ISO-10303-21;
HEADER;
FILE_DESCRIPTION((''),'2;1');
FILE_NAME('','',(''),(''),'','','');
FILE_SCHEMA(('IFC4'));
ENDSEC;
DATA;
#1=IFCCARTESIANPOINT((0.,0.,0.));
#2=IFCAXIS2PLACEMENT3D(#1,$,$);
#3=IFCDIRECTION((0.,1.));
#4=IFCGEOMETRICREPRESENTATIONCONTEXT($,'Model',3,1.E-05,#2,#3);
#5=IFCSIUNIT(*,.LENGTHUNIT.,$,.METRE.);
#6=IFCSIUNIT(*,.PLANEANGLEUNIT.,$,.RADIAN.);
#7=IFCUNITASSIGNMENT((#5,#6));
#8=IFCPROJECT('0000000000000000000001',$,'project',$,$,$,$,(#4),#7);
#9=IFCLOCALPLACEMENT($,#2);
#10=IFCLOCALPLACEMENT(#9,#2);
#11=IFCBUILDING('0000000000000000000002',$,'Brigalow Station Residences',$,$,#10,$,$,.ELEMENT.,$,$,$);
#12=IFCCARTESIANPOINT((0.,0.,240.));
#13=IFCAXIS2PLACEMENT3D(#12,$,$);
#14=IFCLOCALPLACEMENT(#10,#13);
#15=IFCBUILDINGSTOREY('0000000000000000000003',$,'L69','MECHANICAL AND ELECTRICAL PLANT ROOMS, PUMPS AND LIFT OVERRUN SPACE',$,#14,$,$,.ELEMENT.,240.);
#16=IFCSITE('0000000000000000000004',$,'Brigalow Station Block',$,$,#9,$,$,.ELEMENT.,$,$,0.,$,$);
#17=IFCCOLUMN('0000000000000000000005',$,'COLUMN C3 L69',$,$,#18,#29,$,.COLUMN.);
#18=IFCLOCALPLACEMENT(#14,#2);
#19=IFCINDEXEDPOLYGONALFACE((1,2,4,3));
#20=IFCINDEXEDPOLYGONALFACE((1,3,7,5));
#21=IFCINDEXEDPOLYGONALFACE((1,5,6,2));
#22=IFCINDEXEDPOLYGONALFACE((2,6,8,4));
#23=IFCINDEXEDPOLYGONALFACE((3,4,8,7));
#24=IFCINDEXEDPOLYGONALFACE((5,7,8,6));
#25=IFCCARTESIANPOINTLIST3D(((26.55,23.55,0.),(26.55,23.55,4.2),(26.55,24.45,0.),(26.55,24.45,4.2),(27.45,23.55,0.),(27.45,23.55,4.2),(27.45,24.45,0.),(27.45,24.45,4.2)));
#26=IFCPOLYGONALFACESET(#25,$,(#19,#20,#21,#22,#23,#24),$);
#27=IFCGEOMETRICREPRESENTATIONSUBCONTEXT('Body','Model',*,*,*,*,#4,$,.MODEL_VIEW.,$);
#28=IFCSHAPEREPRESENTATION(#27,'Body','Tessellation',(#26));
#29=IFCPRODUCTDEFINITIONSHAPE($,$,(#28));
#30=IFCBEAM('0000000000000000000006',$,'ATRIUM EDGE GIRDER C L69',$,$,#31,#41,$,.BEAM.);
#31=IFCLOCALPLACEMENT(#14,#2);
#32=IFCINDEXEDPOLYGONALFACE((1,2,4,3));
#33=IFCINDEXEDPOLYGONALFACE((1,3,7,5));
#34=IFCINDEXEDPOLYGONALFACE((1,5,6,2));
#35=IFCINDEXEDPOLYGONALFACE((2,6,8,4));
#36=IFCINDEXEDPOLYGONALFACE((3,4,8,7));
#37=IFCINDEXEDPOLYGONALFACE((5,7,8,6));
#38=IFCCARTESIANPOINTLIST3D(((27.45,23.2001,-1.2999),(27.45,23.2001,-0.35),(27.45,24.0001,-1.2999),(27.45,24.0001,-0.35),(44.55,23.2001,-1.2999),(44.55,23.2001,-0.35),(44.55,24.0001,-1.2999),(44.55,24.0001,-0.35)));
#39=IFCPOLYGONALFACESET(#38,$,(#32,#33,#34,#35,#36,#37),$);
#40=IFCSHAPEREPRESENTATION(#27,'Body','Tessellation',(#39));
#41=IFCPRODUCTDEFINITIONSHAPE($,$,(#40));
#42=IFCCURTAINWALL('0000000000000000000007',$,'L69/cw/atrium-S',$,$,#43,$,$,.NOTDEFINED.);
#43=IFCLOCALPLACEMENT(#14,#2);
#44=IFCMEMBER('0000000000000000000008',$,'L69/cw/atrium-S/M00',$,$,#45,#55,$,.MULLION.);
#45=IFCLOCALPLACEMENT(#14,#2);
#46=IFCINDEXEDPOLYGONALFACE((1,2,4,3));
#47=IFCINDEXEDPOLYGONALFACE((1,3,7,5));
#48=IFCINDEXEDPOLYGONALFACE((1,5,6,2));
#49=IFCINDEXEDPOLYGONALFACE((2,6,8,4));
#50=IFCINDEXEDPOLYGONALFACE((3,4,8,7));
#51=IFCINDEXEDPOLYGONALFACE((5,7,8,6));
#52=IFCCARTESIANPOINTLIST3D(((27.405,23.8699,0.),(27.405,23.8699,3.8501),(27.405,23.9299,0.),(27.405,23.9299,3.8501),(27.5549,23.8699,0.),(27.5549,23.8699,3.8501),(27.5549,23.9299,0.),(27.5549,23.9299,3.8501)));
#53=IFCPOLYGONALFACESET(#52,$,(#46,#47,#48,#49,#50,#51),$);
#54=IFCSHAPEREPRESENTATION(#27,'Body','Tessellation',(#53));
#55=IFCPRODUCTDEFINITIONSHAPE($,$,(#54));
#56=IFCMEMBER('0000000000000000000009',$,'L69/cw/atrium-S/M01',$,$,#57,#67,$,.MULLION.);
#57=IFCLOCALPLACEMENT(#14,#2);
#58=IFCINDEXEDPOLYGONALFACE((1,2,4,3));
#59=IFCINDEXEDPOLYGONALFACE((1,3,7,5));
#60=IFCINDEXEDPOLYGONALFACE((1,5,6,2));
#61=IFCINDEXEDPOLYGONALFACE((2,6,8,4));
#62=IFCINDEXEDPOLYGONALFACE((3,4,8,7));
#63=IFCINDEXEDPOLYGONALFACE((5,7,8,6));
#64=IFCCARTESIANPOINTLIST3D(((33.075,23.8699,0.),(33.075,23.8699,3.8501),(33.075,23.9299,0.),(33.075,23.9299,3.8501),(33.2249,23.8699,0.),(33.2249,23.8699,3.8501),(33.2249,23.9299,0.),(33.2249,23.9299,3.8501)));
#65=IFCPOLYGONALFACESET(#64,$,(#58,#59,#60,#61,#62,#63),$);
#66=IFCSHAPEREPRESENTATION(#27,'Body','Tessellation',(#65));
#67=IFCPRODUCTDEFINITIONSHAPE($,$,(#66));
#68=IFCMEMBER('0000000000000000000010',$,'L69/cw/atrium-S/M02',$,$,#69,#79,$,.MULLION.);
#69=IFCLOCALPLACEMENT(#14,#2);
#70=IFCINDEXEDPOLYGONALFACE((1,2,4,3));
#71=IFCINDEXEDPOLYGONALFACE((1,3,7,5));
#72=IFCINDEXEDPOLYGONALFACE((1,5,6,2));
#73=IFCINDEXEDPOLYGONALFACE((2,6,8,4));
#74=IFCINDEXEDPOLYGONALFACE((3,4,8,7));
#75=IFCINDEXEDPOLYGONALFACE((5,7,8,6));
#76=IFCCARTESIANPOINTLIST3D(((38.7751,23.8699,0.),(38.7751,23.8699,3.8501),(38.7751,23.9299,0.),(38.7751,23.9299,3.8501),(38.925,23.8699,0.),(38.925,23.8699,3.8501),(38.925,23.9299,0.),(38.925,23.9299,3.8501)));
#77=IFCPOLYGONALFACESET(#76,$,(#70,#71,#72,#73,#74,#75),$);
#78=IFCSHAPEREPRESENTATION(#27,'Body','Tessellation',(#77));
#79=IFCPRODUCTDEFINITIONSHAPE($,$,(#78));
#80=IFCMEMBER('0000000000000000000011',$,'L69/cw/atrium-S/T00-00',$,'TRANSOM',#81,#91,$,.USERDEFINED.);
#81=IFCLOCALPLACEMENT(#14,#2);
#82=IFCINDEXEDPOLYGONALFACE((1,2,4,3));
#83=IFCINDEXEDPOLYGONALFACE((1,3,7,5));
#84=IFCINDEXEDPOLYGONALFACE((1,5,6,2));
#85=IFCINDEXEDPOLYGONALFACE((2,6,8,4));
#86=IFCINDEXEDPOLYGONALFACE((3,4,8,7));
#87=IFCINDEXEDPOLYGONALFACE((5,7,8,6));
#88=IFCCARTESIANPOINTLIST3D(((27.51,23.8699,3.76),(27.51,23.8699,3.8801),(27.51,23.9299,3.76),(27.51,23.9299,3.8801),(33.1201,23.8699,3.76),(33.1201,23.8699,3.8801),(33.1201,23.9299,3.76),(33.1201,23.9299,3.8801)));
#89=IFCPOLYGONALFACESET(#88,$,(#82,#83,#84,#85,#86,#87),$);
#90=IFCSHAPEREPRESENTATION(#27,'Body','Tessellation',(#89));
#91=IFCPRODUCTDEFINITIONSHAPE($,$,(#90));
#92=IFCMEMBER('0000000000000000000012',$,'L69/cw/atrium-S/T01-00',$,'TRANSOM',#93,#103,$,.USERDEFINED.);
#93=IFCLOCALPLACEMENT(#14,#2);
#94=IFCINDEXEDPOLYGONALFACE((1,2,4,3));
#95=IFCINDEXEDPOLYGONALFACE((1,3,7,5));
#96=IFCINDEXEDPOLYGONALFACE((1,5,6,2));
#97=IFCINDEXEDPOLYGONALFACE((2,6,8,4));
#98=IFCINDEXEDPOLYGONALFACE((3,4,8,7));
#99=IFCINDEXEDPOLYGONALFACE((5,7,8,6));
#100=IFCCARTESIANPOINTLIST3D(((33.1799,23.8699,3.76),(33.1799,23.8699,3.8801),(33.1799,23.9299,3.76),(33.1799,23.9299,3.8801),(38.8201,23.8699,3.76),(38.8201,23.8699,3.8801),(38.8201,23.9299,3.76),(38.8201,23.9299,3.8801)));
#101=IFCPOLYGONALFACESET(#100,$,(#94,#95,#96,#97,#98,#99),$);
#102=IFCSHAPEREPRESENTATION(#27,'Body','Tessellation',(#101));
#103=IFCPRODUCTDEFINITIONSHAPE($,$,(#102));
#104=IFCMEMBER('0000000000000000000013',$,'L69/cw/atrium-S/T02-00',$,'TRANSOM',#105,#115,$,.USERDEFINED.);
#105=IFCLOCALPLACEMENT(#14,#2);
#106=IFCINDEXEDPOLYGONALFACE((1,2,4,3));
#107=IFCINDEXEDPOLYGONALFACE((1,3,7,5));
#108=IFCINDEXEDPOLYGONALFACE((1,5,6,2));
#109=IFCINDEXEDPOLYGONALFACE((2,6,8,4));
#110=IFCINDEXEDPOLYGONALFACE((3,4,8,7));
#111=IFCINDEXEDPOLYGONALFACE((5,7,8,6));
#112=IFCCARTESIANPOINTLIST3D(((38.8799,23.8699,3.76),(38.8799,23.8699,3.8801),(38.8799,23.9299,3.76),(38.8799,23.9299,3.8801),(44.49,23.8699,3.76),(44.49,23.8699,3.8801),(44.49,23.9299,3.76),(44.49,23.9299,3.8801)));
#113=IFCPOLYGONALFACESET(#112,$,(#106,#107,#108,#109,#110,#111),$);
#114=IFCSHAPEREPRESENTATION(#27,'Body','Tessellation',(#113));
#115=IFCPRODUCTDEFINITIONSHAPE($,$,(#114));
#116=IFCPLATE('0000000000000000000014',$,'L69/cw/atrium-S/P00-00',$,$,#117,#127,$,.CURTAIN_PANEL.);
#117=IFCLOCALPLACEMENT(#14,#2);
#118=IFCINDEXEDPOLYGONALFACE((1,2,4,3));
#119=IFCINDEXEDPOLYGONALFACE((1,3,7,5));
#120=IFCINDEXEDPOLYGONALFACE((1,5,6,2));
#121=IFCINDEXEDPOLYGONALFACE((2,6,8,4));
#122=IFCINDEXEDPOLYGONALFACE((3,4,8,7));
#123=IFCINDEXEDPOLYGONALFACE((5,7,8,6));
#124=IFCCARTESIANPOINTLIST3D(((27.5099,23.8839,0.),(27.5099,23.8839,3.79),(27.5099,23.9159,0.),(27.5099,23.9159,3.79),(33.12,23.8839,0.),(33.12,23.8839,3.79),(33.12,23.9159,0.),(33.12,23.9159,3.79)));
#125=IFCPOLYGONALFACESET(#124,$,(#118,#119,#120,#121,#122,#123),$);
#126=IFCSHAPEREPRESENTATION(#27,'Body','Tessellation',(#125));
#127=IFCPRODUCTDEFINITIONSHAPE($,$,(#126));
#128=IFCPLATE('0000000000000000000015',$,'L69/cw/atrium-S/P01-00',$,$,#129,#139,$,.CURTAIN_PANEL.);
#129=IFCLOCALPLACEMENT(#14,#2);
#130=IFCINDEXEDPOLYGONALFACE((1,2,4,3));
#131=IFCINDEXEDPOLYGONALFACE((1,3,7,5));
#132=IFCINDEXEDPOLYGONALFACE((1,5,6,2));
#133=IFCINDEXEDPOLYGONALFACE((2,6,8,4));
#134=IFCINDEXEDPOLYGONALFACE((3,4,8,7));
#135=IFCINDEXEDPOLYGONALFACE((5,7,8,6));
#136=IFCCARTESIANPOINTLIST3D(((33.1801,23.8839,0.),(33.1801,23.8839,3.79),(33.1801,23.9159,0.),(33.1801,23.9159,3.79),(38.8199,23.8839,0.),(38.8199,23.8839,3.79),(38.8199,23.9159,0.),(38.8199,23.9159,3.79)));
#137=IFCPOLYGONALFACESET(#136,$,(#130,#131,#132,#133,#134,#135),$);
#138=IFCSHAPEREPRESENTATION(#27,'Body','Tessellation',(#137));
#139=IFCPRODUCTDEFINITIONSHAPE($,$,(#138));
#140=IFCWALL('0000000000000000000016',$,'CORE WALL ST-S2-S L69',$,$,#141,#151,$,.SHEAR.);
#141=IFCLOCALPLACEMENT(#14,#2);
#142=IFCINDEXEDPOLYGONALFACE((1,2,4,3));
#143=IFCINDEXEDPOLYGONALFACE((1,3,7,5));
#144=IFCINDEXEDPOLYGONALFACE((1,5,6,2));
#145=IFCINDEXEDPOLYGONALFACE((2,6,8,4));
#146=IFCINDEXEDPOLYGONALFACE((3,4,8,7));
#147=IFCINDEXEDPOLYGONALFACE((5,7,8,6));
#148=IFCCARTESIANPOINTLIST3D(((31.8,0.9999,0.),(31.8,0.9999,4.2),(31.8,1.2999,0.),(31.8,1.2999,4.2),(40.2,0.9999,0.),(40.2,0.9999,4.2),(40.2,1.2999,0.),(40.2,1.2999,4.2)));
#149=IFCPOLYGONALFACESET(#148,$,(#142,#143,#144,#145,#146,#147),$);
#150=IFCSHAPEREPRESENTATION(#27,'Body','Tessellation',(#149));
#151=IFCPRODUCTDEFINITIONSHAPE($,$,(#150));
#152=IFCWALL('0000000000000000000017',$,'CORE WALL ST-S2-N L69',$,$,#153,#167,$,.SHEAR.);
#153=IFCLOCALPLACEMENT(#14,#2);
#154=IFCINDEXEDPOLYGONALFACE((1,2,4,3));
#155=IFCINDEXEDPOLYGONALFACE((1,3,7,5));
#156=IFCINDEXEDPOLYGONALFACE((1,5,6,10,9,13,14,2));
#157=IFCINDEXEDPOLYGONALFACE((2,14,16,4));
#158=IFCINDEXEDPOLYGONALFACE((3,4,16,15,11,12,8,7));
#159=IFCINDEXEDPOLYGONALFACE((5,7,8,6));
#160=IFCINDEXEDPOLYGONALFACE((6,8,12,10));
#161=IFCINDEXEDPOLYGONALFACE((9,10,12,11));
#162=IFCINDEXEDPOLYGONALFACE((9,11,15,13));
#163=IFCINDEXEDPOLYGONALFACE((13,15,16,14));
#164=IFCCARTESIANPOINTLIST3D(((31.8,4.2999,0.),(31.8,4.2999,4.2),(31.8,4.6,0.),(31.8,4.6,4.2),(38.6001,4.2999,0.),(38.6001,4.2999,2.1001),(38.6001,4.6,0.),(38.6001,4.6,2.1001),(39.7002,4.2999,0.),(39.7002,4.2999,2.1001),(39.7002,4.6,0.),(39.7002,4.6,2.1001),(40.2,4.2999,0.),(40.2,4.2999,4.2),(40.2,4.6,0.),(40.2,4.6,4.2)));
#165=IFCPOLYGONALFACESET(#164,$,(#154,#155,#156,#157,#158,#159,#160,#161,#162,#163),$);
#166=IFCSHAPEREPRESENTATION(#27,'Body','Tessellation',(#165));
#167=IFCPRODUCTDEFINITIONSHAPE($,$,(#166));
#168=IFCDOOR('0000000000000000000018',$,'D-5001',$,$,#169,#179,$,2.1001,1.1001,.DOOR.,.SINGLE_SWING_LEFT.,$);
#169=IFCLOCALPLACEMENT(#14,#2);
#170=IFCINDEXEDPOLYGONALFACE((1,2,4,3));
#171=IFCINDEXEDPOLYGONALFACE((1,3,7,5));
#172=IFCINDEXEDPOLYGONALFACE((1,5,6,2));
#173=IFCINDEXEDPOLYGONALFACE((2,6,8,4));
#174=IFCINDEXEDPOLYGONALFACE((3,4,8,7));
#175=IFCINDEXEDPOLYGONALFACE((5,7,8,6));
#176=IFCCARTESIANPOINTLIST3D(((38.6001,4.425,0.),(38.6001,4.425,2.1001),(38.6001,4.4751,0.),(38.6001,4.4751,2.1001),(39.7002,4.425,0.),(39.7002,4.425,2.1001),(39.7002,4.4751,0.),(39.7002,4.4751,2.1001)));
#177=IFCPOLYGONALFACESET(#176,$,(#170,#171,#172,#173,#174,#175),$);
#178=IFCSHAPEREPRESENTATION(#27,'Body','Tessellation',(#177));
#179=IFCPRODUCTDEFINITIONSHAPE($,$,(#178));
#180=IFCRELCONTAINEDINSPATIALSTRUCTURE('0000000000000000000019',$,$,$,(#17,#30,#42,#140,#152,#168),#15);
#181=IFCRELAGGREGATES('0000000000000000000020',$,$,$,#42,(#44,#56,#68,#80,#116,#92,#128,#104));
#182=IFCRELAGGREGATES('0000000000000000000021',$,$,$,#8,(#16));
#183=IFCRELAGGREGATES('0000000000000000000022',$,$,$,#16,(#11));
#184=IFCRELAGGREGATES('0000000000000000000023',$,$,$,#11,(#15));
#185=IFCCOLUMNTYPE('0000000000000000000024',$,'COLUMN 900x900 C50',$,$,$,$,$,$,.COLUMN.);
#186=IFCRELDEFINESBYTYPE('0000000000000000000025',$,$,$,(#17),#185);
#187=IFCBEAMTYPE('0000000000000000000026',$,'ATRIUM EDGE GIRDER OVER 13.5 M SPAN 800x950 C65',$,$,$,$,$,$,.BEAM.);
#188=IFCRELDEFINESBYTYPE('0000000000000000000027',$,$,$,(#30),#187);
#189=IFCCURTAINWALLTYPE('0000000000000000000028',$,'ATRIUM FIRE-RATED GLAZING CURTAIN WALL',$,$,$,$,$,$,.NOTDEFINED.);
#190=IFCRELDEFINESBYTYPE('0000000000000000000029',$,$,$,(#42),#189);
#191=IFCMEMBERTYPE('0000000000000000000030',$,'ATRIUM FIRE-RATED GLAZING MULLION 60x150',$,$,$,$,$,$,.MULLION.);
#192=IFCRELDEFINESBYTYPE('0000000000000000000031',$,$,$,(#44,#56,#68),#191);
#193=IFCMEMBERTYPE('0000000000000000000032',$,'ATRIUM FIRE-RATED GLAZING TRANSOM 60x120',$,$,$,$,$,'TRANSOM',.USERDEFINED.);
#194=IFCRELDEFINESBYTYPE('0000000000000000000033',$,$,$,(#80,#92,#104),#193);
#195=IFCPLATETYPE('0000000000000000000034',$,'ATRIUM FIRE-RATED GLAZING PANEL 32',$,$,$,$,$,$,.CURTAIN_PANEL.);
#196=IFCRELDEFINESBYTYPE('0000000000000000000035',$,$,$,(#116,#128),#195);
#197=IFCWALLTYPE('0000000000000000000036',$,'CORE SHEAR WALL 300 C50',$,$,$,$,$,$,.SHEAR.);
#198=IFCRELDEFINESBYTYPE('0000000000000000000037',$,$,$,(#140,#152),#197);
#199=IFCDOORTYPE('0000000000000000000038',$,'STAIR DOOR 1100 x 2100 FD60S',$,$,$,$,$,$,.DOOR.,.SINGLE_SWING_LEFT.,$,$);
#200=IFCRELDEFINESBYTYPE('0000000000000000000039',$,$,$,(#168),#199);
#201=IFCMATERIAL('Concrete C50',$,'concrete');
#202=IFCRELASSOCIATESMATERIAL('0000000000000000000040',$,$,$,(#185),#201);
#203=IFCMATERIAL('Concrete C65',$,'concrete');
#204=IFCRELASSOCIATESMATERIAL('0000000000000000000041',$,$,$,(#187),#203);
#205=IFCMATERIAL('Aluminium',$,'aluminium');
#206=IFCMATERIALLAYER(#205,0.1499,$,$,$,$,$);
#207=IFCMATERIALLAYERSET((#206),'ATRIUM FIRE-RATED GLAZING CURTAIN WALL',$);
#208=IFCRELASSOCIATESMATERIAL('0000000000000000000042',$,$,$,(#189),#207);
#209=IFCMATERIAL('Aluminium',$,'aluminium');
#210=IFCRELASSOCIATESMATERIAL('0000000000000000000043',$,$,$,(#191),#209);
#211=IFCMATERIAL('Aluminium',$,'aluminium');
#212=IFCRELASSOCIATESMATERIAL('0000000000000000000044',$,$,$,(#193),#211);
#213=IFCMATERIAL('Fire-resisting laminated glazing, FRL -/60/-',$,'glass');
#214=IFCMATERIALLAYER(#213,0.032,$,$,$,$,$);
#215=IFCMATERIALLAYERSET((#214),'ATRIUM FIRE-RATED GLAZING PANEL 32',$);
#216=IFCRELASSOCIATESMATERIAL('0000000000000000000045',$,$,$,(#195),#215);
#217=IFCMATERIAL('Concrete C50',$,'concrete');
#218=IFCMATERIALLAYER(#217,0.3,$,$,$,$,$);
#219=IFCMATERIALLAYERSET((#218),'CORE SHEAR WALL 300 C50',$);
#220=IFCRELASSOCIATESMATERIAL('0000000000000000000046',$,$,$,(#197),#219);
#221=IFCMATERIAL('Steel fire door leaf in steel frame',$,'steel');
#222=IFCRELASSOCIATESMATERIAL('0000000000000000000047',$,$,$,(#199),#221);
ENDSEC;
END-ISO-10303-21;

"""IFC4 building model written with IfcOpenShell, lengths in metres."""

from ifc_helpers import new_model, si_unit, direction, frame, frame_2d, origin, origin_2d, place, context, subcontext, project, spatial, rectangle, extrude, material, layer, layer_set, material_profile, profile_set, type_object, element, fill, aggregate, save


model = new_model("IFC4")

# Units and contexts
model_context = context("Model", 3, precision=1e-05, world=origin(), true_north=direction((0.0, 1.0)))
body_context = subcontext(model_context, "Body", "Model", "MODEL_VIEW")
ifc_project = project(units=[si_unit("LENGTHUNIT", "METRE"), si_unit("PLANEANGLEUNIT", "RADIAN")], contexts=[model_context])

# Site, building, storey
site_placement = place(None, origin())
site = spatial("IfcSite", under=ifc_project, at=site_placement, Name="Brigalow Station Block", CompositionType="ELEMENT", RefElevation=0.0)
building_placement = place(site_placement, origin())
building = spatial("IfcBuilding", under=site, at=building_placement, Name="Brigalow Station Residences", CompositionType="ELEMENT")
storey_placement = place(building_placement, frame((0.0, 0.0, 240.0)))
storey = spatial("IfcBuildingStorey", under=building, at=storey_placement, Name="L69", Description="MECHANICAL AND ELECTRICAL PLANT ROOMS, PUMPS AND LIFT OVERRUN SPACE", CompositionType="ELEMENT", Elevation=240.0)

# Column
ifc_material_1 = material(Name="Concrete C50", Category="concrete")
ifc_material_profile_1 = material_profile(ifc_material_1, rectangle(XDim=0.8999, YDim=0.8999, at=origin_2d()), Name="RC900x900")
ifc_profile_set_1 = profile_set([ifc_material_profile_1], Name="Concrete C50")
column_type = type_object("IfcColumnType", Name="COLUMN 900x900 C50", PredefinedType="COLUMN", material=ifc_profile_set_1)
column_placement = place(storey_placement, frame((27.0, 24.0, 0.0), z_axis=(0.0, 0.0, 1.0), x_axis=(1.0, 0.0, 0.0)))
element("IfcColumn", 1, at=column_placement, inside=storey, type_object=column_type, Name="COLUMN C3 L69", PredefinedType="COLUMN", context=body_context, shape_type="SweptSolid", body=[
    extrude(rectangle(XDim=0.8999, YDim=0.8999, at=origin_2d()), origin(), (0.0, 0.0, 1.0), 4.2),
])

# Beam
ifc_material_2 = material(Name="Concrete C65", Category="concrete")
ifc_material_profile_2 = material_profile(ifc_material_2, rectangle(XDim=0.8, YDim=0.95, at=origin_2d()), Name="RC800x950")
ifc_profile_set_2 = profile_set([ifc_material_profile_2], Name="Concrete C65")
beam_type = type_object("IfcBeamType", Name="ATRIUM EDGE GIRDER OVER 13.5 M SPAN 800x950 C65", PredefinedType="BEAM", material=ifc_profile_set_2)
beam_placement = place(storey_placement, frame((27.45, 23.6001, -0.825), z_axis=(1.0, 0.0, 0.0), x_axis=(0.0, 1.0, 0.0)))
element("IfcBeam", 2, at=beam_placement, inside=storey, type_object=beam_type, Name="ATRIUM EDGE GIRDER C L69", PredefinedType="BEAM", context=body_context, shape_type="SweptSolid", body=[
    extrude(rectangle(XDim=0.8, YDim=0.95, at=origin_2d()), origin(), (0.0, 0.0, 1.0), 17.1001),
])

# Curtain wall, members, plates
ifc_material_3 = material(Name="Aluminium", Category="aluminium")
ifc_layer_1 = layer(ifc_material_3, 0.1499)
ifc_layer_set_1 = layer_set([ifc_layer_1], Name="ATRIUM FIRE-RATED GLAZING CURTAIN WALL")
curtain_wall_type = type_object("IfcCurtainWallType", Name="ATRIUM FIRE-RATED GLAZING CURTAIN WALL", PredefinedType="NOTDEFINED", material=ifc_layer_set_1)
curtain_wall_placement = place(storey_placement, origin())
curtain_wall = element("IfcCurtainWall", 3, at=curtain_wall_placement, inside=storey, type_object=curtain_wall_type, Name="L69/cw/atrium-S", PredefinedType="NOTDEFINED")
ifc_material_4 = material(Name="Aluminium", Category="aluminium")
ifc_material_profile_3 = material_profile(ifc_material_4, rectangle(XDim=0.0601, YDim=0.1499, at=origin_2d()), Name="ATRIUM FIRE-RATED GLAZING MULLION 60x150")
ifc_profile_set_3 = profile_set([ifc_material_profile_3], Name="Aluminium")
member_type_1 = type_object("IfcMemberType", Name="ATRIUM FIRE-RATED GLAZING MULLION 60x150", PredefinedType="MULLION", material=ifc_profile_set_3)
member_1_placement = place(storey_placement, frame((27.48, 23.8999, 0.0), z_axis=(0.0, 0.0, 1.0), x_axis=(0.0, 1.0, 0.0)))
member_1 = element("IfcMember", 4, at=member_1_placement, type_object=member_type_1, Name="L69/cw/atrium-S/M00", PredefinedType="MULLION", context=body_context, shape_type="SweptSolid", body=[
    extrude(rectangle(XDim=0.0601, YDim=0.1499, at=origin_2d()), origin(), (0.0, 0.0, 1.0), 3.8501),
])
member_2_placement = place(storey_placement, frame((33.1499, 23.8999, 0.0), z_axis=(0.0, 0.0, 1.0), x_axis=(0.0, 1.0, 0.0)))
member_2 = element("IfcMember", 5, at=member_2_placement, type_object=member_type_1, Name="L69/cw/atrium-S/M01", PredefinedType="MULLION", context=body_context, shape_type="SweptSolid", body=[
    extrude(rectangle(XDim=0.0601, YDim=0.1499, at=origin_2d()), origin(), (0.0, 0.0, 1.0), 3.8501),
])
member_3_placement = place(storey_placement, frame((38.8501, 23.8999, 0.0), z_axis=(0.0, 0.0, 1.0), x_axis=(0.0, 1.0, 0.0)))
member_3 = element("IfcMember", 6, at=member_3_placement, type_object=member_type_1, Name="L69/cw/atrium-S/M02", PredefinedType="MULLION", context=body_context, shape_type="SweptSolid", body=[
    extrude(rectangle(XDim=0.0601, YDim=0.1499, at=origin_2d()), origin(), (0.0, 0.0, 1.0), 3.8501),
])
ifc_material_5 = material(Name="Aluminium", Category="aluminium")
ifc_material_profile_4 = material_profile(ifc_material_5, rectangle(XDim=0.0601, YDim=0.1201, at=origin_2d()), Name="ATRIUM FIRE-RATED GLAZING TRANSOM 60x120")
ifc_profile_set_4 = profile_set([ifc_material_profile_4], Name="Aluminium")
member_type_2 = type_object("IfcMemberType", Name="ATRIUM FIRE-RATED GLAZING TRANSOM 60x120", ElementType="TRANSOM", PredefinedType="USERDEFINED", material=ifc_profile_set_4)
member_4_placement = place(storey_placement, frame((27.51, 23.8999, 3.8201), z_axis=(1.0, 0.0, 0.0), x_axis=(0.0, 1.0, 0.0)))
member_4 = element("IfcMember", 7, at=member_4_placement, type_object=member_type_2, Name="L69/cw/atrium-S/T00-00", ObjectType="TRANSOM", PredefinedType="USERDEFINED", context=body_context, shape_type="SweptSolid", body=[
    extrude(rectangle(XDim=0.0601, YDim=0.1201, at=origin_2d()), origin(), (0.0, 0.0, 1.0), 5.6101),
])
member_5_placement = place(storey_placement, frame((33.1799, 23.8999, 3.8201), z_axis=(1.0, 0.0, 0.0), x_axis=(0.0, 1.0, 0.0)))
member_5 = element("IfcMember", 8, at=member_5_placement, type_object=member_type_2, Name="L69/cw/atrium-S/T01-00", ObjectType="TRANSOM", PredefinedType="USERDEFINED", context=body_context, shape_type="SweptSolid", body=[
    extrude(rectangle(XDim=0.0601, YDim=0.1201, at=origin_2d()), origin(), (0.0, 0.0, 1.0), 5.6401),
])
member_6_placement = place(storey_placement, frame((38.8799, 23.8999, 3.8201), z_axis=(1.0, 0.0, 0.0), x_axis=(0.0, 1.0, 0.0)))
member_6 = element("IfcMember", 9, at=member_6_placement, type_object=member_type_2, Name="L69/cw/atrium-S/T02-00", ObjectType="TRANSOM", PredefinedType="USERDEFINED", context=body_context, shape_type="SweptSolid", body=[
    extrude(rectangle(XDim=0.0601, YDim=0.1201, at=origin_2d()), origin(), (0.0, 0.0, 1.0), 5.6101),
])
ifc_material_6 = material(Name="Fire-resisting laminated glazing, FRL -/60/-", Category="glass")
ifc_layer_2 = layer(ifc_material_6, 0.032)
ifc_layer_set_2 = layer_set([ifc_layer_2], Name="ATRIUM FIRE-RATED GLAZING PANEL 32")
plate_type = type_object("IfcPlateType", Name="ATRIUM FIRE-RATED GLAZING PANEL 32", PredefinedType="CURTAIN_PANEL", material=ifc_layer_set_2)
plate_1_placement = place(storey_placement, frame((30.3149, 23.8999, 0.0), z_axis=(0.0, 0.0, 1.0), x_axis=(1.0, 0.0, 0.0)))
plate_1 = element("IfcPlate", 10, at=plate_1_placement, type_object=plate_type, Name="L69/cw/atrium-S/P00-00", PredefinedType="CURTAIN_PANEL", context=body_context, shape_type="SweptSolid", body=[
    extrude(rectangle(XDim=5.6101, YDim=0.032, at=origin_2d()), origin(), (0.0, 0.0, 1.0), 3.79),
])
plate_2_placement = place(storey_placement, frame((36.0, 23.8999, 0.0), z_axis=(0.0, 0.0, 1.0), x_axis=(1.0, 0.0, 0.0)))
plate_2 = element("IfcPlate", 11, at=plate_2_placement, type_object=plate_type, Name="L69/cw/atrium-S/P01-00", PredefinedType="CURTAIN_PANEL", context=body_context, shape_type="SweptSolid", body=[
    extrude(rectangle(XDim=5.6399, YDim=0.032, at=origin_2d()), origin(), (0.0, 0.0, 1.0), 3.79),
])
aggregate(curtain_wall, [member_1, member_2, member_3, member_4, plate_1, member_5, plate_2, member_6])

# Wall
ifc_material_7 = material(Name="Concrete C50", Category="concrete")
ifc_layer_3 = layer(ifc_material_7, 0.3)
ifc_layer_set_3 = layer_set([ifc_layer_3], Name="CORE SHEAR WALL 300 C50")
wall_type_1 = type_object("IfcWallType", Name="CORE SHEAR WALL 300 C50", PredefinedType="SHEAR", material=ifc_layer_set_3)
wall_1_placement = place(storey_placement, frame((31.8, 1.1499, 0.0), z_axis=(0.0, 0.0, 1.0), x_axis=(1.0, 0.0, 0.0)))
element("IfcWall", 12, at=wall_1_placement, inside=storey, type_object=wall_type_1, Name="CORE WALL ST-S2-S L69", PredefinedType="SHEAR", context=body_context, shape_type="SweptSolid", body=[
    extrude(rectangle(XDim=8.3999, YDim=0.3, at=frame_2d((4.2, 0.0))), origin(), (0.0, 0.0, 1.0), 4.2),
])

# Wall, opening, door
wall_2_placement = place(storey_placement, frame((31.8, 4.45, 0.0), z_axis=(0.0, 0.0, 1.0), x_axis=(1.0, 0.0, 0.0)))
wall_2 = element("IfcWall", 13, at=wall_2_placement, inside=storey, type_object=wall_type_1, Name="CORE WALL ST-S2-N L69", PredefinedType="SHEAR", context=body_context, shape_type="SweptSolid", body=[
    extrude(rectangle(XDim=8.3999, YDim=0.3, at=frame_2d((4.2, 0.0))), origin(), (0.0, 0.0, 1.0), 4.2),
])
opening_1_placement = place(wall_2_placement, frame((6.8, 0.0, 0.0)))
opening_1 = element("IfcOpeningElement", 14, at=opening_1_placement, cuts=wall_2, PredefinedType="OPENING", context=body_context, shape_type="SweptSolid", body=[
    extrude(rectangle(XDim=1.1001, YDim=2.1001, at=frame_2d((0.55, 1.05))), frame((0.0, 0.1602, 0.0), z_axis=(0.0, -1.0, 0.0), x_axis=(1.0, 0.0, 0.0)), (0.0, 0.0, 1.0), 0.3201),
])
ifc_material_8 = material(Name="Steel fire door leaf in steel frame", Category="steel")
door_type_1 = type_object("IfcDoorType", Name="STAIR DOOR 1100 x 2100 FD60S", OperationType="SINGLE_SWING_LEFT", PredefinedType="DOOR", material=ifc_material_8)
door_1_placement = place(opening_1_placement, frame((1.1001, 0.0, 0.0), z_axis=(0.0, 0.0, 1.0), x_axis=(-1.0, 0.0, 0.0)))
door_1 = element("IfcDoor", 15, at=door_1_placement, inside=storey, type_object=door_type_1, Name="D-5001", OperationType="SINGLE_SWING_LEFT", OverallHeight=2.1001, OverallWidth=1.1001, PredefinedType="DOOR", context=body_context, shape_type="SweptSolid", body=[
    extrude(rectangle(XDim=1.1001, YDim=2.1001, at=frame_2d((0.55, 1.05))), frame((0.0, 0.0249, 0.0), z_axis=(0.0, -1.0, 0.0), x_axis=(1.0, 0.0, 0.0)), (0.0, 0.0, 1.0), 0.05),
])
fill(opening_1, door_1)

save(model, "model.ifc")
